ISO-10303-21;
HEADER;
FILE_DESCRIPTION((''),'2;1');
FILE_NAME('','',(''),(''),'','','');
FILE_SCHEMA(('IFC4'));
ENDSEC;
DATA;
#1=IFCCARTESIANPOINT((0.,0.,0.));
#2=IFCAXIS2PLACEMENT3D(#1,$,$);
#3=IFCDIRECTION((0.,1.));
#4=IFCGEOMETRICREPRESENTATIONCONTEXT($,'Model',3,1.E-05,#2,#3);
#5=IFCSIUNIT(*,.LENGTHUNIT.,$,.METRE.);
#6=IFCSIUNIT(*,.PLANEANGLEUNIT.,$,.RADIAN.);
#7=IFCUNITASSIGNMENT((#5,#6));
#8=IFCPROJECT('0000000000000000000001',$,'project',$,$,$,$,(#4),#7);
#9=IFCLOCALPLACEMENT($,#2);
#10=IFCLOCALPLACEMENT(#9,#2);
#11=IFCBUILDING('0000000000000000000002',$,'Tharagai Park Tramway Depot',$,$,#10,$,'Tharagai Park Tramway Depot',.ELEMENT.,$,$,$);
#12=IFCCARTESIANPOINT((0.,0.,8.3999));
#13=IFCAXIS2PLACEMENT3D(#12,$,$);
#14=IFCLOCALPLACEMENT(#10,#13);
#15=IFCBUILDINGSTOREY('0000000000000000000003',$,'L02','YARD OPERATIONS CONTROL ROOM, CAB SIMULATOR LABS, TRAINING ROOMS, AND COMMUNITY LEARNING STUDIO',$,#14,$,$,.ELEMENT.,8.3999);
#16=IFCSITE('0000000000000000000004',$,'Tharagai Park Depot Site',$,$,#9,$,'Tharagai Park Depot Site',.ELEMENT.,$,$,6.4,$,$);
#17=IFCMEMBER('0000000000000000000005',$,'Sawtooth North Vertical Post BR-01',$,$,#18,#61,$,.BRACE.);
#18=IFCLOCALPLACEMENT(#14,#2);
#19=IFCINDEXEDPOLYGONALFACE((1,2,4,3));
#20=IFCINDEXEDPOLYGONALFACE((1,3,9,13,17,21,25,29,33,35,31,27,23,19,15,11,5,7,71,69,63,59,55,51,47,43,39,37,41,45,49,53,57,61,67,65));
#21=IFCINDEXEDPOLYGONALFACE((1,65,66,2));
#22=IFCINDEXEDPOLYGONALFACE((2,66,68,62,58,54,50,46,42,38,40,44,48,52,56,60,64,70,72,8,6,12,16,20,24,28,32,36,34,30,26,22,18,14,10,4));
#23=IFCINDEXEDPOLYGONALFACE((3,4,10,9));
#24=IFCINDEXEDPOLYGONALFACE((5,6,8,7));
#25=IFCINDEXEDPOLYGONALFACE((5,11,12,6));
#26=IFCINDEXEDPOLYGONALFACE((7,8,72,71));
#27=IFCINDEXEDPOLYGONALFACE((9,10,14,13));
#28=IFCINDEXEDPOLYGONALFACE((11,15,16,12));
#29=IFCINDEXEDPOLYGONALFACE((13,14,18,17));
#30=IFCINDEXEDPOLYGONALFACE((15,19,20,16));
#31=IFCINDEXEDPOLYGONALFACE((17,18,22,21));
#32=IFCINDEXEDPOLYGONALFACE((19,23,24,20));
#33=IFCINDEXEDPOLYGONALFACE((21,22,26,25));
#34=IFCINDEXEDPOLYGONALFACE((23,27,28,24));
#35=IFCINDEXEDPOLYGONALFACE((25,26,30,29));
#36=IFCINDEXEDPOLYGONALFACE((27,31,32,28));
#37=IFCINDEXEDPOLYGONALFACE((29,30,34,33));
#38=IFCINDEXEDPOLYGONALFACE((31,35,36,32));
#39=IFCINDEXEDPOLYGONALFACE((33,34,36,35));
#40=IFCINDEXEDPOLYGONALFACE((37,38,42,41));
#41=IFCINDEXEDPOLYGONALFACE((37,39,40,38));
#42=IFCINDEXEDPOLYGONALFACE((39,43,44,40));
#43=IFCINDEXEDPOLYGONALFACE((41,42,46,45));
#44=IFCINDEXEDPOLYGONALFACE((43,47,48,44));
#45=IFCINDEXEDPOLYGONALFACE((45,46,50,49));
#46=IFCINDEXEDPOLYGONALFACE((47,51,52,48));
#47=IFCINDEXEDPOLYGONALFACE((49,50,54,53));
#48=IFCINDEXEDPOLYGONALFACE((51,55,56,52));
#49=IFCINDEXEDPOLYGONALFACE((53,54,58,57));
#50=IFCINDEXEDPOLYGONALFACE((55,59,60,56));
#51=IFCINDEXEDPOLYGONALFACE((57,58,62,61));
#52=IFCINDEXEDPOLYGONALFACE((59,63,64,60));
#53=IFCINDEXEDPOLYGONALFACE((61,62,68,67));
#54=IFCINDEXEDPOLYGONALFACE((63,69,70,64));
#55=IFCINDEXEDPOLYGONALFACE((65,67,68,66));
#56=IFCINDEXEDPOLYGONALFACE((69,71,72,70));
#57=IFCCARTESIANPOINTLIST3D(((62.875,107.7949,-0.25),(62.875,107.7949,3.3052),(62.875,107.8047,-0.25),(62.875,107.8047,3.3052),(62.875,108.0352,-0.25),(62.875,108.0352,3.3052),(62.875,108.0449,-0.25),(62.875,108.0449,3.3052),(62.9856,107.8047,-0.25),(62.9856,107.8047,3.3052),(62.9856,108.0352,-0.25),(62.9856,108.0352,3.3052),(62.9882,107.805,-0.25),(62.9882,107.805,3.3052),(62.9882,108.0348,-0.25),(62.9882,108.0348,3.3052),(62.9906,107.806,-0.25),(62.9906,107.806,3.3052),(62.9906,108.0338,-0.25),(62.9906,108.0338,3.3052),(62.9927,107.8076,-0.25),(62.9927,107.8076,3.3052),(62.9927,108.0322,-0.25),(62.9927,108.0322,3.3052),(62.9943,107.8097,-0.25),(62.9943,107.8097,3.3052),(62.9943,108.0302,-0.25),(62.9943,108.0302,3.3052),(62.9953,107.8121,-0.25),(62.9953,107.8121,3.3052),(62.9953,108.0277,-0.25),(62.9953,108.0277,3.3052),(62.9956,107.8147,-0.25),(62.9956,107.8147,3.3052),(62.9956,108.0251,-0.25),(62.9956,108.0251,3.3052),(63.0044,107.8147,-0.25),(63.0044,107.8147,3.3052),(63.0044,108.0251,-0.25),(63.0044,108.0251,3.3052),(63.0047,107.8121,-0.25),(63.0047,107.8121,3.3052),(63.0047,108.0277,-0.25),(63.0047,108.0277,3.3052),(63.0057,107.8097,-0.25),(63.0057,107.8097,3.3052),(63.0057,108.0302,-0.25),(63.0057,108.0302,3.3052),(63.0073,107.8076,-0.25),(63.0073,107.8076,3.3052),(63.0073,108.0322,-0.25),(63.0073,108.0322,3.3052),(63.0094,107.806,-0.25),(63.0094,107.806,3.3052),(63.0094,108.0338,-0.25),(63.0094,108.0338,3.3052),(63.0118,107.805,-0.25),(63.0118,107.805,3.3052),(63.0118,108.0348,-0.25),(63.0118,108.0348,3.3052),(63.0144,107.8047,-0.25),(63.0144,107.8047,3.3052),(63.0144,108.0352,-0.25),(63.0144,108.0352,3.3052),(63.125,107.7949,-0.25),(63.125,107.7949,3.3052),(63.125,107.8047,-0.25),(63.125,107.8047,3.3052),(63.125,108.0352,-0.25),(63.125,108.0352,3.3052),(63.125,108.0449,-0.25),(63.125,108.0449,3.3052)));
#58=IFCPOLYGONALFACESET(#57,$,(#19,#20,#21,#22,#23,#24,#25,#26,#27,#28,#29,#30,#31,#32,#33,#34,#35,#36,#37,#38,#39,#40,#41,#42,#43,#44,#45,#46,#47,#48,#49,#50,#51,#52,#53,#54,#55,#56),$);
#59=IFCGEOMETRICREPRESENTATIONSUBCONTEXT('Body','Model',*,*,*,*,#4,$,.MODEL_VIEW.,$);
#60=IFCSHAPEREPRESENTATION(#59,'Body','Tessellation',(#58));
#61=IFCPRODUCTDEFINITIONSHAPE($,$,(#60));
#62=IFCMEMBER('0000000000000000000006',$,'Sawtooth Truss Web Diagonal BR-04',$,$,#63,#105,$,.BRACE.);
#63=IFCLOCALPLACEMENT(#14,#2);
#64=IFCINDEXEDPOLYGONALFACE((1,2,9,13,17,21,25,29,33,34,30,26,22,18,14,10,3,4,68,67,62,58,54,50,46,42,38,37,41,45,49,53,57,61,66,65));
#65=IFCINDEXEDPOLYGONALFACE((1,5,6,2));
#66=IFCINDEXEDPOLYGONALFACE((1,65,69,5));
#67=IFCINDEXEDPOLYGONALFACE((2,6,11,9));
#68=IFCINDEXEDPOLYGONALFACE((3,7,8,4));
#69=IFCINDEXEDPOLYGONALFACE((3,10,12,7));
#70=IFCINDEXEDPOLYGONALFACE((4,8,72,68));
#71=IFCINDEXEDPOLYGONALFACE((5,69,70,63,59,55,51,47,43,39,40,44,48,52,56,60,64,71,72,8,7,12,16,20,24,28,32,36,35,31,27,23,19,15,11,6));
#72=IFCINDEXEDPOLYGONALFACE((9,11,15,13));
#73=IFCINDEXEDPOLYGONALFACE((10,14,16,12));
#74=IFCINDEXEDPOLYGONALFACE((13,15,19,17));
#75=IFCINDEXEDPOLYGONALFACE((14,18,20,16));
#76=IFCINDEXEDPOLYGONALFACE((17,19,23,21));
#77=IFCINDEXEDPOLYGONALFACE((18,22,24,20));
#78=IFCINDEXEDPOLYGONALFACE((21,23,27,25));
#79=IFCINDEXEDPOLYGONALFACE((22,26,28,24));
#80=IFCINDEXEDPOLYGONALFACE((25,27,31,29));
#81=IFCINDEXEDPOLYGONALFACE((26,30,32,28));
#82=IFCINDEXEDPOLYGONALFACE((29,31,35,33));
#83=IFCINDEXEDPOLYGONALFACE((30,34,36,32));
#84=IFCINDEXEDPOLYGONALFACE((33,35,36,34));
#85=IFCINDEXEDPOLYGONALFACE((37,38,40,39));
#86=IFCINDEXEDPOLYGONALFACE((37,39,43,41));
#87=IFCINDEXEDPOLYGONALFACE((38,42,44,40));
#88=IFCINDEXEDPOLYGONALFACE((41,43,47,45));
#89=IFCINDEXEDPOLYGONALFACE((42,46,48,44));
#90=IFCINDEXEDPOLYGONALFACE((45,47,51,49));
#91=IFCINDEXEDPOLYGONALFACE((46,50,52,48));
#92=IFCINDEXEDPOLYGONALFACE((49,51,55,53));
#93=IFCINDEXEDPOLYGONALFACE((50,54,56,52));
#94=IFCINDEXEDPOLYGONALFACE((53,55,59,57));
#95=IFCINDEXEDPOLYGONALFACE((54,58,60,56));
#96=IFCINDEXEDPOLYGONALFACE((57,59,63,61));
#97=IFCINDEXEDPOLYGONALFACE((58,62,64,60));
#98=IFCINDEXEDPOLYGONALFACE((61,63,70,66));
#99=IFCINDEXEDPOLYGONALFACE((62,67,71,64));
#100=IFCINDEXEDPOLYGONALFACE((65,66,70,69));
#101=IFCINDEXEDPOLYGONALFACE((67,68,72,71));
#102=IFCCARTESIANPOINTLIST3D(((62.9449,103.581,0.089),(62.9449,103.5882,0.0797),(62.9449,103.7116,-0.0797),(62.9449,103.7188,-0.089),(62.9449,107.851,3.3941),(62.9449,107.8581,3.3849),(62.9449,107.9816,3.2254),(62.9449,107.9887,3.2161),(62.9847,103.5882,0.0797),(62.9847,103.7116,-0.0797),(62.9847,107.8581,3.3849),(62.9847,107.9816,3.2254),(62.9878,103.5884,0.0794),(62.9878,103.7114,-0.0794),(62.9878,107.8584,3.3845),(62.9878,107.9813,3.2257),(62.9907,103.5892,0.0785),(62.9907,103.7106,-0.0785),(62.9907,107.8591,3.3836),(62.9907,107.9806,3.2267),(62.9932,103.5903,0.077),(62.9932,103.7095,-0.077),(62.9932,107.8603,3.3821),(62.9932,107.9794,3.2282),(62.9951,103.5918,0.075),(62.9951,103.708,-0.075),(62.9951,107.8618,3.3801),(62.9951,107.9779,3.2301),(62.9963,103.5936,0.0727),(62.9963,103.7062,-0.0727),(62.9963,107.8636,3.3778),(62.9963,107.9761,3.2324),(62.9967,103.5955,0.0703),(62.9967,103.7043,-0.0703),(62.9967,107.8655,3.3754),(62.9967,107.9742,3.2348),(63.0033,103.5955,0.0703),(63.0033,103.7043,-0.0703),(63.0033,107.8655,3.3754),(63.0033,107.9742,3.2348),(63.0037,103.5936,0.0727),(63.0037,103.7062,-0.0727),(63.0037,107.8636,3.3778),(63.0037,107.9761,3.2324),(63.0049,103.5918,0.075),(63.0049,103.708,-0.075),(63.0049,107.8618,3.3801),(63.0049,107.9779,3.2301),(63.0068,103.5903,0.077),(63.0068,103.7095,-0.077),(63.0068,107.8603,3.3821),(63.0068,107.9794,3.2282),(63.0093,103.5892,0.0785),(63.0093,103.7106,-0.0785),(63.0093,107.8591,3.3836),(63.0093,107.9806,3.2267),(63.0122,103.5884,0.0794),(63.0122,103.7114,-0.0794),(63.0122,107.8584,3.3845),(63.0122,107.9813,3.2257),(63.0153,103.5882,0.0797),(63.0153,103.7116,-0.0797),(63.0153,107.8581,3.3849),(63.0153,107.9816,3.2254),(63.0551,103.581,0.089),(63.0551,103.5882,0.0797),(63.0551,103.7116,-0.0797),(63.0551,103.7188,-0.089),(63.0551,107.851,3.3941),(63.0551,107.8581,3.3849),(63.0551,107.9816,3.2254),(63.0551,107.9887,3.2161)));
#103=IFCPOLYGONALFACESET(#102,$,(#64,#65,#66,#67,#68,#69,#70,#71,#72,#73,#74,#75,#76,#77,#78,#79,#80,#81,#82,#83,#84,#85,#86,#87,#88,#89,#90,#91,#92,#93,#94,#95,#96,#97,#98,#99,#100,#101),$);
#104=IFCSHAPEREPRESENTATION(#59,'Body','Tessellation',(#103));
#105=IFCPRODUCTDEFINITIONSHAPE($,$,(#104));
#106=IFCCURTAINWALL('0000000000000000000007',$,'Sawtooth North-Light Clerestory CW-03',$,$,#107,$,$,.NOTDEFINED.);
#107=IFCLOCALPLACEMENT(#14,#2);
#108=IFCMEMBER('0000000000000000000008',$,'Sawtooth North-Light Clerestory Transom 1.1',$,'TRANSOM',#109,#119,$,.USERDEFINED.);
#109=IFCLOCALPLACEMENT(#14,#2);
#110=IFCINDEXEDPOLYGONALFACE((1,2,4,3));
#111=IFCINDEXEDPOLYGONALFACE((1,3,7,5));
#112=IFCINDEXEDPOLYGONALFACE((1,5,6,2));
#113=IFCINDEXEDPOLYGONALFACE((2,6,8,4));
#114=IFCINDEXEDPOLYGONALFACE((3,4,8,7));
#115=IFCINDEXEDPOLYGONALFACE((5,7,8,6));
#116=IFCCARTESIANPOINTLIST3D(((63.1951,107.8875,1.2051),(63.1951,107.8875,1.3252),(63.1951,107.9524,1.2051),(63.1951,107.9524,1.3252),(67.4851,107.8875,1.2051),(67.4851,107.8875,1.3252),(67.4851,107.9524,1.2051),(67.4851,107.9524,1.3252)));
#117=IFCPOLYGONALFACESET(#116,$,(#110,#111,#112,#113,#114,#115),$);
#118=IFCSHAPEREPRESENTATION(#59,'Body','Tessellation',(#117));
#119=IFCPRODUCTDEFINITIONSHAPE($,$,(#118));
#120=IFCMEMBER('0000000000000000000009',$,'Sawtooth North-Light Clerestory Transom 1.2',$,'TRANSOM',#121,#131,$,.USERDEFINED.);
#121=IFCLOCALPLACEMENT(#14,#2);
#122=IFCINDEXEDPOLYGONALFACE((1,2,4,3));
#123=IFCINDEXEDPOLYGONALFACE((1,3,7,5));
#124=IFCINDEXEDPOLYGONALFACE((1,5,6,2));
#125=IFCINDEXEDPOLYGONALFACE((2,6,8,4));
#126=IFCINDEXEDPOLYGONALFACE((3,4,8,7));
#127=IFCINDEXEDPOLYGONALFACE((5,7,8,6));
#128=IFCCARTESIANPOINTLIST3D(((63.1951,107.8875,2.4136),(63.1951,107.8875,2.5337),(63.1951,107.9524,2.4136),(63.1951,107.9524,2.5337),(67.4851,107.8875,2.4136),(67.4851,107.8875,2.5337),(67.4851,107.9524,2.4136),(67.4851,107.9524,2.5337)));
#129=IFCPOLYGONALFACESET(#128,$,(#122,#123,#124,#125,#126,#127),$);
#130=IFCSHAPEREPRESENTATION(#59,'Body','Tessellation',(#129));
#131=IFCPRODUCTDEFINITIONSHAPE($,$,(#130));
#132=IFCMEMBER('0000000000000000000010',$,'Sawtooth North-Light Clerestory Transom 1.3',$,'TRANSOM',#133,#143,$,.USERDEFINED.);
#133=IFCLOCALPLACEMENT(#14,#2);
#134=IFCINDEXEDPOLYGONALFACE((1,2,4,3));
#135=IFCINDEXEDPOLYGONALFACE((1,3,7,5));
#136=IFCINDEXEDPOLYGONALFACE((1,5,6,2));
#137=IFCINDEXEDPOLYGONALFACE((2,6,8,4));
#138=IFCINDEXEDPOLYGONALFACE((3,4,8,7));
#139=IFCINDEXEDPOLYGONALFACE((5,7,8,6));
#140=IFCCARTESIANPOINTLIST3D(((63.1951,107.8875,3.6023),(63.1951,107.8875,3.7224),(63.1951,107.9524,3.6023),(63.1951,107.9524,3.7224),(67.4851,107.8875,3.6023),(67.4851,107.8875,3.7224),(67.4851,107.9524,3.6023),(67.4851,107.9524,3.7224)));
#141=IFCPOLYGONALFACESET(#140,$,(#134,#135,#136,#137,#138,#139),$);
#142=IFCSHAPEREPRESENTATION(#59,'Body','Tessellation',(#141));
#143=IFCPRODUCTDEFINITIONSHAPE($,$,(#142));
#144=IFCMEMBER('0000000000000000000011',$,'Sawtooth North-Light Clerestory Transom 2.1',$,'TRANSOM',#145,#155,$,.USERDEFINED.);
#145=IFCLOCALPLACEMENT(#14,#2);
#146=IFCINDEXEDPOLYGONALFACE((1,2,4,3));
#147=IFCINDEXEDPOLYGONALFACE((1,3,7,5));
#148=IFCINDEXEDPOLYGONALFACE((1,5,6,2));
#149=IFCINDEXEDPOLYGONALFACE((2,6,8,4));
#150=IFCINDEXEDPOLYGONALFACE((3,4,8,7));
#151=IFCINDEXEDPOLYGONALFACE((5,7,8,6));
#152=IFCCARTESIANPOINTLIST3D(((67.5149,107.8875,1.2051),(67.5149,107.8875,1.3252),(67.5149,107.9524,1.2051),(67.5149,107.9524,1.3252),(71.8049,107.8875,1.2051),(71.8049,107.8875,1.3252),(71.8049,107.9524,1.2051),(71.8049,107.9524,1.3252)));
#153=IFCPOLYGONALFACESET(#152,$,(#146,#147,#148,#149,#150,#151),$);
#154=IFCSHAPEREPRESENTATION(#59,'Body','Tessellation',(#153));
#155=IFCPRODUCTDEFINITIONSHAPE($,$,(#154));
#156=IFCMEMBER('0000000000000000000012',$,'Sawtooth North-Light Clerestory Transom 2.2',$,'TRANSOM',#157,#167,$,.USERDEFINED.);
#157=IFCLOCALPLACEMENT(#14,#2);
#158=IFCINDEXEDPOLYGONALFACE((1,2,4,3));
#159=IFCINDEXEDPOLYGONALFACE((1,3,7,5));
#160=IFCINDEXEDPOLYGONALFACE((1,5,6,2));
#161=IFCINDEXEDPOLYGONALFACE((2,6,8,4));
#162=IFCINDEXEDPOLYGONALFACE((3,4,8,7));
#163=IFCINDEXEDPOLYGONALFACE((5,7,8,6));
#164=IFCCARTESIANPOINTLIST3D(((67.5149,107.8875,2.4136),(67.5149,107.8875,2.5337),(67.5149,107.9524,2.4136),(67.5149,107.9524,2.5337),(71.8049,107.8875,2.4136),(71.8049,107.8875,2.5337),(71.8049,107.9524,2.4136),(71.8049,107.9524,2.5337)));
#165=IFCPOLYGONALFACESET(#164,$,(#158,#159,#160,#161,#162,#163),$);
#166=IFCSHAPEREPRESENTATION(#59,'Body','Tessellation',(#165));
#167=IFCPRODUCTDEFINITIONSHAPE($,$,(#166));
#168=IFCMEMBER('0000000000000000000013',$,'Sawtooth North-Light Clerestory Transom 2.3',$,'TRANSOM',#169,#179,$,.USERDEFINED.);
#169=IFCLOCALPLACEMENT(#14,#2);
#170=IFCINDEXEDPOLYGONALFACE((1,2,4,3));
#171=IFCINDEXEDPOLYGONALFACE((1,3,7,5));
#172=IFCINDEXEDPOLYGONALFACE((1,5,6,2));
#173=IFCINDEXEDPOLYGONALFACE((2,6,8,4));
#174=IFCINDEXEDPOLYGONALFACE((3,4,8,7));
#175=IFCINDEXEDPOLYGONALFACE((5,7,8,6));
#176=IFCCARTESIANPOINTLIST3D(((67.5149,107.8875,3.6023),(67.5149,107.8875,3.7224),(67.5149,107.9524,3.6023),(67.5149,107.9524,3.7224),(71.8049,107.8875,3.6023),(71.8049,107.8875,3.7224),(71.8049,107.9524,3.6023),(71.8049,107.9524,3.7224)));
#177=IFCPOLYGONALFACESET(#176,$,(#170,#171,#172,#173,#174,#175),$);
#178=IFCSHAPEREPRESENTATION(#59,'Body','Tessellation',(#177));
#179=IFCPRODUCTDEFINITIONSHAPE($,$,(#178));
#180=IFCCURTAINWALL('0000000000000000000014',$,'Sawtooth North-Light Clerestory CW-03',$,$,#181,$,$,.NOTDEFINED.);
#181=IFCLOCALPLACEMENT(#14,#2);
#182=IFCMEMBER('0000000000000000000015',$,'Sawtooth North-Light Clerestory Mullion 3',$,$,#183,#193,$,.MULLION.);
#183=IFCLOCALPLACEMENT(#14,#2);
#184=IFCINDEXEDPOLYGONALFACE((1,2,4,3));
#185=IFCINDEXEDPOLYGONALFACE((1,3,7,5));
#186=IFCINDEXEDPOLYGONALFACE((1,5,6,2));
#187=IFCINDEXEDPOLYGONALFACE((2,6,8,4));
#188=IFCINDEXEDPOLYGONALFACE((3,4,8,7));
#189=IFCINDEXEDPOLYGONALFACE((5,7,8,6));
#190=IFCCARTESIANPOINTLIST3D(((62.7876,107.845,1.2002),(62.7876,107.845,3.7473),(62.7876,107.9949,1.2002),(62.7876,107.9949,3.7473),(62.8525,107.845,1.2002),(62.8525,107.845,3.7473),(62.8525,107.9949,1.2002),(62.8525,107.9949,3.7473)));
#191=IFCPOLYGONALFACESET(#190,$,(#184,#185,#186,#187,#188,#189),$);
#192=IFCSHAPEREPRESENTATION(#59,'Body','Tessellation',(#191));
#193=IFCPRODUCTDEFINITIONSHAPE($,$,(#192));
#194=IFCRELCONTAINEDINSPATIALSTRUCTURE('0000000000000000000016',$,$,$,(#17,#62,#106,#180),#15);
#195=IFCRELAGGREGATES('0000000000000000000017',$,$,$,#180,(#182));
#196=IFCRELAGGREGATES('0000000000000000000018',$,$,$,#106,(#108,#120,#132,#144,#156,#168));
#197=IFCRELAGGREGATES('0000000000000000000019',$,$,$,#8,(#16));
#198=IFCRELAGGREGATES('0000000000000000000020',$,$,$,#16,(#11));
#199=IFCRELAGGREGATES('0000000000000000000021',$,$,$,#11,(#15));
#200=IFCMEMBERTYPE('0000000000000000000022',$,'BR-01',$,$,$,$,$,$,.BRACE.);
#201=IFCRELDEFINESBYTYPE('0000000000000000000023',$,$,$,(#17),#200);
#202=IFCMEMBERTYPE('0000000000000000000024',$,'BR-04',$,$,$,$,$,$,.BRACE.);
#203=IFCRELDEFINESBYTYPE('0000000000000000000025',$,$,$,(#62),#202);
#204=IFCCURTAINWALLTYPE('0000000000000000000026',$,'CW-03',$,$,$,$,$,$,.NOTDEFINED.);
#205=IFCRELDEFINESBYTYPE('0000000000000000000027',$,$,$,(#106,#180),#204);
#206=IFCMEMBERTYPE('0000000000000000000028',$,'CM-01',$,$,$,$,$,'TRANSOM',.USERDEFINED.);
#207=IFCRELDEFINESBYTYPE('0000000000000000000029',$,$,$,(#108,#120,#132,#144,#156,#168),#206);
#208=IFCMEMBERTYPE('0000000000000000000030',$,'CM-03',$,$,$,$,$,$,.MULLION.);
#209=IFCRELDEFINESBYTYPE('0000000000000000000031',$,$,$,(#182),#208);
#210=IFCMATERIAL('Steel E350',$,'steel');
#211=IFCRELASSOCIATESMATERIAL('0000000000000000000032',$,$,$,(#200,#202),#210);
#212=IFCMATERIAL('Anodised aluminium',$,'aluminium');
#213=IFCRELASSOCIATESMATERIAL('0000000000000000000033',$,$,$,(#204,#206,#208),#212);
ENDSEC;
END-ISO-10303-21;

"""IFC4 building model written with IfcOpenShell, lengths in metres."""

from ifc_helpers import new_model, si_unit, direction, frame, origin, origin_2d, place, context, subcontext, project, spatial, rectangle, i_section, extrude, material, material_profile, profile_set, type_object, element, aggregate, save


model = new_model("IFC4")

# Units and contexts
model_context = context("Model", 3, precision=1e-05, world=origin(), true_north=direction((0.0, 1.0)))
body_context = subcontext(model_context, "Body", "Model", "MODEL_VIEW")
ifc_project = project(units=[si_unit("LENGTHUNIT", "METRE"), si_unit("PLANEANGLEUNIT", "RADIAN")], contexts=[model_context])

# Site, building, storey
site_placement = place(None, origin())
site = spatial("IfcSite", under=ifc_project, at=site_placement, Name="Tharagai Park Depot Site", LongName="Tharagai Park Depot Site", CompositionType="ELEMENT", RefElevation=6.4)
building_placement = place(site_placement, origin())
building = spatial("IfcBuilding", under=site, at=building_placement, Name="Tharagai Park Tramway Depot", LongName="Tharagai Park Tramway Depot", CompositionType="ELEMENT")
storey_placement = place(building_placement, frame((0.0, 0.0, 8.3999)))
storey = spatial("IfcBuildingStorey", under=building, at=storey_placement, Name="L02", Description="YARD OPERATIONS CONTROL ROOM, CAB SIMULATOR LABS, TRAINING ROOMS, AND COMMUNITY LEARNING STUDIO", CompositionType="ELEMENT", Elevation=8.3999)

# Members
ifc_material_1 = material(Name="Steel E350", Category="steel")
ifc_material_profile_1 = material_profile(ifc_material_1, i_section(OverallWidth=0.25, OverallDepth=0.25, WebThickness=0.0088, FlangeThickness=0.0098, FilletRadius=0.01, at=origin_2d()), Name="ISHB 250")
ifc_profile_set_1 = profile_set([ifc_material_profile_1], Name="Steel E350")
member_type_1 = type_object("IfcMemberType", Name="BR-01", PredefinedType="BRACE", material=ifc_profile_set_1)
member_1_placement = place(storey_placement, frame((63.0, 107.9199, -0.25), z_axis=(0.0, 0.0, 1.0), x_axis=(1.0, 0.0, 0.0)))
element("IfcMember", 1, at=member_1_placement, inside=storey, type_object=member_type_1, Name="Sawtooth North Vertical Post BR-01", PredefinedType="BRACE", context=body_context, shape_type="SweptSolid", body=[
    extrude(i_section(OverallWidth=0.25, OverallDepth=0.25, WebThickness=0.0088, FlangeThickness=0.0098, FilletRadius=0.01, at=origin_2d()), origin(), (0.0, 0.0, 1.0), 3.5552),
])
ifc_material_profile_2 = material_profile(ifc_material_1, i_section(OverallWidth=0.1101, OverallDepth=0.2251, WebThickness=0.0066, FlangeThickness=0.0117, FilletRadius=0.012, at=origin_2d()), Name="ISMB 225")
ifc_profile_set_2 = profile_set([ifc_material_profile_2], Name="Steel E350")
member_type_2 = type_object("IfcMemberType", Name="BR-04", PredefinedType="BRACE", material=ifc_profile_set_2)
member_2_placement = place(storey_placement, frame((63.0, 103.6499, 0.0), z_axis=(0.0, 0.790782, 0.612098), x_axis=(-1.0, 0.0, 0.0)))
element("IfcMember", 2, at=member_2_placement, inside=storey, type_object=member_type_2, Name="Sawtooth Truss Web Diagonal BR-04", PredefinedType="BRACE", context=body_context, shape_type="SweptSolid", body=[
    extrude(i_section(OverallWidth=0.1101, OverallDepth=0.2251, WebThickness=0.0066, FlangeThickness=0.0117, FilletRadius=0.012, at=origin_2d()), origin(), (0.0, 0.0, 1.0), 5.3997),
])

# Curtain wall, members
ifc_material_2 = material(Name="Anodised aluminium", Category="aluminium")
curtain_wall_type = type_object("IfcCurtainWallType", Name="CW-03", PredefinedType="NOTDEFINED", material=ifc_material_2)
curtain_wall_1_placement = place(storey_placement, origin())
curtain_wall_1 = element("IfcCurtainWall", 3, at=curtain_wall_1_placement, inside=storey, type_object=curtain_wall_type, Name="Sawtooth North-Light Clerestory CW-03", PredefinedType="NOTDEFINED")
ifc_material_profile_3 = material_profile(ifc_material_2, rectangle(XDim=0.0649, YDim=0.1201, at=origin_2d()), Name="ALU 65x120")
ifc_profile_set_3 = profile_set([ifc_material_profile_3], Name="Anodised aluminium")
member_type_3 = type_object("IfcMemberType", Name="CM-01", ElementType="TRANSOM", PredefinedType="USERDEFINED", material=ifc_profile_set_3)
member_3_placement = place(storey_placement, frame((63.1951, 107.9199, 1.2651), z_axis=(1.0, 0.0, 0.0), x_axis=(0.0, 1.0, 0.0)))
member_3 = element("IfcMember", 4, at=member_3_placement, type_object=member_type_3, Name="Sawtooth North-Light Clerestory Transom 1.1", ObjectType="TRANSOM", PredefinedType="USERDEFINED", context=body_context, shape_type="SweptSolid", body=[
    extrude(rectangle(XDim=0.0649, YDim=0.1201, at=origin_2d()), origin(), (0.0, 0.0, 1.0), 4.29),
])
member_4_placement = place(storey_placement, frame((63.1951, 107.9199, 2.4736), z_axis=(1.0, 0.0, 0.0), x_axis=(0.0, 1.0, 0.0)))
member_4 = element("IfcMember", 5, at=member_4_placement, type_object=member_type_3, Name="Sawtooth North-Light Clerestory Transom 1.2", ObjectType="TRANSOM", PredefinedType="USERDEFINED", context=body_context, shape_type="SweptSolid", body=[
    extrude(rectangle(XDim=0.0649, YDim=0.1201, at=origin_2d()), origin(), (0.0, 0.0, 1.0), 4.29),
])
member_5_placement = place(storey_placement, frame((63.1951, 107.9199, 3.6624), z_axis=(1.0, 0.0, 0.0), x_axis=(0.0, 1.0, 0.0)))
member_5 = element("IfcMember", 6, at=member_5_placement, type_object=member_type_3, Name="Sawtooth North-Light Clerestory Transom 1.3", ObjectType="TRANSOM", PredefinedType="USERDEFINED", context=body_context, shape_type="SweptSolid", body=[
    extrude(rectangle(XDim=0.0649, YDim=0.1201, at=origin_2d()), origin(), (0.0, 0.0, 1.0), 4.29),
])
member_6_placement = place(storey_placement, frame((67.5149, 107.9199, 1.2651), z_axis=(1.0, 0.0, 0.0), x_axis=(0.0, 1.0, 0.0)))
member_6 = element("IfcMember", 7, at=member_6_placement, type_object=member_type_3, Name="Sawtooth North-Light Clerestory Transom 2.1", ObjectType="TRANSOM", PredefinedType="USERDEFINED", context=body_context, shape_type="SweptSolid", body=[
    extrude(rectangle(XDim=0.0649, YDim=0.1201, at=origin_2d()), origin(), (0.0, 0.0, 1.0), 4.29),
])
member_7_placement = place(storey_placement, frame((67.5149, 107.9199, 2.4736), z_axis=(1.0, 0.0, 0.0), x_axis=(0.0, 1.0, 0.0)))
member_7 = element("IfcMember", 8, at=member_7_placement, type_object=member_type_3, Name="Sawtooth North-Light Clerestory Transom 2.2", ObjectType="TRANSOM", PredefinedType="USERDEFINED", context=body_context, shape_type="SweptSolid", body=[
    extrude(rectangle(XDim=0.0649, YDim=0.1201, at=origin_2d()), origin(), (0.0, 0.0, 1.0), 4.29),
])
member_8_placement = place(storey_placement, frame((67.5149, 107.9199, 3.6624), z_axis=(1.0, 0.0, 0.0), x_axis=(0.0, 1.0, 0.0)))
member_8 = element("IfcMember", 9, at=member_8_placement, type_object=member_type_3, Name="Sawtooth North-Light Clerestory Transom 2.3", ObjectType="TRANSOM", PredefinedType="USERDEFINED", context=body_context, shape_type="SweptSolid", body=[
    extrude(rectangle(XDim=0.0649, YDim=0.1201, at=origin_2d()), origin(), (0.0, 0.0, 1.0), 4.29),
])

# Curtain wall, member
curtain_wall_2_placement = place(storey_placement, origin())
curtain_wall_2 = element("IfcCurtainWall", 10, at=curtain_wall_2_placement, inside=storey, type_object=curtain_wall_type, Name="Sawtooth North-Light Clerestory CW-03", PredefinedType="NOTDEFINED")
ifc_material_profile_4 = material_profile(ifc_material_2, rectangle(XDim=0.0649, YDim=0.1499, at=origin_2d()), Name="ALU 65x150")
ifc_profile_set_4 = profile_set([ifc_material_profile_4], Name="Anodised aluminium")
member_type_4 = type_object("IfcMemberType", Name="CM-03", PredefinedType="MULLION", material=ifc_profile_set_4)
member_9_placement = place(storey_placement, frame((62.8201, 107.9199, 1.2002), z_axis=(0.0, 0.0, 1.0), x_axis=(1.0, 0.0, 0.0)))
member_9 = element("IfcMember", 11, at=member_9_placement, type_object=member_type_4, Name="Sawtooth North-Light Clerestory Mullion 3", PredefinedType="MULLION", context=body_context, shape_type="SweptSolid", body=[
    extrude(rectangle(XDim=0.0649, YDim=0.1499, at=origin_2d()), origin(), (0.0, 0.0, 1.0), 2.5471),
])

aggregate(curtain_wall_2, [member_9])
aggregate(curtain_wall_1, [member_3, member_4, member_5, member_6, member_7, member_8])

save(model, "model.ifc")
